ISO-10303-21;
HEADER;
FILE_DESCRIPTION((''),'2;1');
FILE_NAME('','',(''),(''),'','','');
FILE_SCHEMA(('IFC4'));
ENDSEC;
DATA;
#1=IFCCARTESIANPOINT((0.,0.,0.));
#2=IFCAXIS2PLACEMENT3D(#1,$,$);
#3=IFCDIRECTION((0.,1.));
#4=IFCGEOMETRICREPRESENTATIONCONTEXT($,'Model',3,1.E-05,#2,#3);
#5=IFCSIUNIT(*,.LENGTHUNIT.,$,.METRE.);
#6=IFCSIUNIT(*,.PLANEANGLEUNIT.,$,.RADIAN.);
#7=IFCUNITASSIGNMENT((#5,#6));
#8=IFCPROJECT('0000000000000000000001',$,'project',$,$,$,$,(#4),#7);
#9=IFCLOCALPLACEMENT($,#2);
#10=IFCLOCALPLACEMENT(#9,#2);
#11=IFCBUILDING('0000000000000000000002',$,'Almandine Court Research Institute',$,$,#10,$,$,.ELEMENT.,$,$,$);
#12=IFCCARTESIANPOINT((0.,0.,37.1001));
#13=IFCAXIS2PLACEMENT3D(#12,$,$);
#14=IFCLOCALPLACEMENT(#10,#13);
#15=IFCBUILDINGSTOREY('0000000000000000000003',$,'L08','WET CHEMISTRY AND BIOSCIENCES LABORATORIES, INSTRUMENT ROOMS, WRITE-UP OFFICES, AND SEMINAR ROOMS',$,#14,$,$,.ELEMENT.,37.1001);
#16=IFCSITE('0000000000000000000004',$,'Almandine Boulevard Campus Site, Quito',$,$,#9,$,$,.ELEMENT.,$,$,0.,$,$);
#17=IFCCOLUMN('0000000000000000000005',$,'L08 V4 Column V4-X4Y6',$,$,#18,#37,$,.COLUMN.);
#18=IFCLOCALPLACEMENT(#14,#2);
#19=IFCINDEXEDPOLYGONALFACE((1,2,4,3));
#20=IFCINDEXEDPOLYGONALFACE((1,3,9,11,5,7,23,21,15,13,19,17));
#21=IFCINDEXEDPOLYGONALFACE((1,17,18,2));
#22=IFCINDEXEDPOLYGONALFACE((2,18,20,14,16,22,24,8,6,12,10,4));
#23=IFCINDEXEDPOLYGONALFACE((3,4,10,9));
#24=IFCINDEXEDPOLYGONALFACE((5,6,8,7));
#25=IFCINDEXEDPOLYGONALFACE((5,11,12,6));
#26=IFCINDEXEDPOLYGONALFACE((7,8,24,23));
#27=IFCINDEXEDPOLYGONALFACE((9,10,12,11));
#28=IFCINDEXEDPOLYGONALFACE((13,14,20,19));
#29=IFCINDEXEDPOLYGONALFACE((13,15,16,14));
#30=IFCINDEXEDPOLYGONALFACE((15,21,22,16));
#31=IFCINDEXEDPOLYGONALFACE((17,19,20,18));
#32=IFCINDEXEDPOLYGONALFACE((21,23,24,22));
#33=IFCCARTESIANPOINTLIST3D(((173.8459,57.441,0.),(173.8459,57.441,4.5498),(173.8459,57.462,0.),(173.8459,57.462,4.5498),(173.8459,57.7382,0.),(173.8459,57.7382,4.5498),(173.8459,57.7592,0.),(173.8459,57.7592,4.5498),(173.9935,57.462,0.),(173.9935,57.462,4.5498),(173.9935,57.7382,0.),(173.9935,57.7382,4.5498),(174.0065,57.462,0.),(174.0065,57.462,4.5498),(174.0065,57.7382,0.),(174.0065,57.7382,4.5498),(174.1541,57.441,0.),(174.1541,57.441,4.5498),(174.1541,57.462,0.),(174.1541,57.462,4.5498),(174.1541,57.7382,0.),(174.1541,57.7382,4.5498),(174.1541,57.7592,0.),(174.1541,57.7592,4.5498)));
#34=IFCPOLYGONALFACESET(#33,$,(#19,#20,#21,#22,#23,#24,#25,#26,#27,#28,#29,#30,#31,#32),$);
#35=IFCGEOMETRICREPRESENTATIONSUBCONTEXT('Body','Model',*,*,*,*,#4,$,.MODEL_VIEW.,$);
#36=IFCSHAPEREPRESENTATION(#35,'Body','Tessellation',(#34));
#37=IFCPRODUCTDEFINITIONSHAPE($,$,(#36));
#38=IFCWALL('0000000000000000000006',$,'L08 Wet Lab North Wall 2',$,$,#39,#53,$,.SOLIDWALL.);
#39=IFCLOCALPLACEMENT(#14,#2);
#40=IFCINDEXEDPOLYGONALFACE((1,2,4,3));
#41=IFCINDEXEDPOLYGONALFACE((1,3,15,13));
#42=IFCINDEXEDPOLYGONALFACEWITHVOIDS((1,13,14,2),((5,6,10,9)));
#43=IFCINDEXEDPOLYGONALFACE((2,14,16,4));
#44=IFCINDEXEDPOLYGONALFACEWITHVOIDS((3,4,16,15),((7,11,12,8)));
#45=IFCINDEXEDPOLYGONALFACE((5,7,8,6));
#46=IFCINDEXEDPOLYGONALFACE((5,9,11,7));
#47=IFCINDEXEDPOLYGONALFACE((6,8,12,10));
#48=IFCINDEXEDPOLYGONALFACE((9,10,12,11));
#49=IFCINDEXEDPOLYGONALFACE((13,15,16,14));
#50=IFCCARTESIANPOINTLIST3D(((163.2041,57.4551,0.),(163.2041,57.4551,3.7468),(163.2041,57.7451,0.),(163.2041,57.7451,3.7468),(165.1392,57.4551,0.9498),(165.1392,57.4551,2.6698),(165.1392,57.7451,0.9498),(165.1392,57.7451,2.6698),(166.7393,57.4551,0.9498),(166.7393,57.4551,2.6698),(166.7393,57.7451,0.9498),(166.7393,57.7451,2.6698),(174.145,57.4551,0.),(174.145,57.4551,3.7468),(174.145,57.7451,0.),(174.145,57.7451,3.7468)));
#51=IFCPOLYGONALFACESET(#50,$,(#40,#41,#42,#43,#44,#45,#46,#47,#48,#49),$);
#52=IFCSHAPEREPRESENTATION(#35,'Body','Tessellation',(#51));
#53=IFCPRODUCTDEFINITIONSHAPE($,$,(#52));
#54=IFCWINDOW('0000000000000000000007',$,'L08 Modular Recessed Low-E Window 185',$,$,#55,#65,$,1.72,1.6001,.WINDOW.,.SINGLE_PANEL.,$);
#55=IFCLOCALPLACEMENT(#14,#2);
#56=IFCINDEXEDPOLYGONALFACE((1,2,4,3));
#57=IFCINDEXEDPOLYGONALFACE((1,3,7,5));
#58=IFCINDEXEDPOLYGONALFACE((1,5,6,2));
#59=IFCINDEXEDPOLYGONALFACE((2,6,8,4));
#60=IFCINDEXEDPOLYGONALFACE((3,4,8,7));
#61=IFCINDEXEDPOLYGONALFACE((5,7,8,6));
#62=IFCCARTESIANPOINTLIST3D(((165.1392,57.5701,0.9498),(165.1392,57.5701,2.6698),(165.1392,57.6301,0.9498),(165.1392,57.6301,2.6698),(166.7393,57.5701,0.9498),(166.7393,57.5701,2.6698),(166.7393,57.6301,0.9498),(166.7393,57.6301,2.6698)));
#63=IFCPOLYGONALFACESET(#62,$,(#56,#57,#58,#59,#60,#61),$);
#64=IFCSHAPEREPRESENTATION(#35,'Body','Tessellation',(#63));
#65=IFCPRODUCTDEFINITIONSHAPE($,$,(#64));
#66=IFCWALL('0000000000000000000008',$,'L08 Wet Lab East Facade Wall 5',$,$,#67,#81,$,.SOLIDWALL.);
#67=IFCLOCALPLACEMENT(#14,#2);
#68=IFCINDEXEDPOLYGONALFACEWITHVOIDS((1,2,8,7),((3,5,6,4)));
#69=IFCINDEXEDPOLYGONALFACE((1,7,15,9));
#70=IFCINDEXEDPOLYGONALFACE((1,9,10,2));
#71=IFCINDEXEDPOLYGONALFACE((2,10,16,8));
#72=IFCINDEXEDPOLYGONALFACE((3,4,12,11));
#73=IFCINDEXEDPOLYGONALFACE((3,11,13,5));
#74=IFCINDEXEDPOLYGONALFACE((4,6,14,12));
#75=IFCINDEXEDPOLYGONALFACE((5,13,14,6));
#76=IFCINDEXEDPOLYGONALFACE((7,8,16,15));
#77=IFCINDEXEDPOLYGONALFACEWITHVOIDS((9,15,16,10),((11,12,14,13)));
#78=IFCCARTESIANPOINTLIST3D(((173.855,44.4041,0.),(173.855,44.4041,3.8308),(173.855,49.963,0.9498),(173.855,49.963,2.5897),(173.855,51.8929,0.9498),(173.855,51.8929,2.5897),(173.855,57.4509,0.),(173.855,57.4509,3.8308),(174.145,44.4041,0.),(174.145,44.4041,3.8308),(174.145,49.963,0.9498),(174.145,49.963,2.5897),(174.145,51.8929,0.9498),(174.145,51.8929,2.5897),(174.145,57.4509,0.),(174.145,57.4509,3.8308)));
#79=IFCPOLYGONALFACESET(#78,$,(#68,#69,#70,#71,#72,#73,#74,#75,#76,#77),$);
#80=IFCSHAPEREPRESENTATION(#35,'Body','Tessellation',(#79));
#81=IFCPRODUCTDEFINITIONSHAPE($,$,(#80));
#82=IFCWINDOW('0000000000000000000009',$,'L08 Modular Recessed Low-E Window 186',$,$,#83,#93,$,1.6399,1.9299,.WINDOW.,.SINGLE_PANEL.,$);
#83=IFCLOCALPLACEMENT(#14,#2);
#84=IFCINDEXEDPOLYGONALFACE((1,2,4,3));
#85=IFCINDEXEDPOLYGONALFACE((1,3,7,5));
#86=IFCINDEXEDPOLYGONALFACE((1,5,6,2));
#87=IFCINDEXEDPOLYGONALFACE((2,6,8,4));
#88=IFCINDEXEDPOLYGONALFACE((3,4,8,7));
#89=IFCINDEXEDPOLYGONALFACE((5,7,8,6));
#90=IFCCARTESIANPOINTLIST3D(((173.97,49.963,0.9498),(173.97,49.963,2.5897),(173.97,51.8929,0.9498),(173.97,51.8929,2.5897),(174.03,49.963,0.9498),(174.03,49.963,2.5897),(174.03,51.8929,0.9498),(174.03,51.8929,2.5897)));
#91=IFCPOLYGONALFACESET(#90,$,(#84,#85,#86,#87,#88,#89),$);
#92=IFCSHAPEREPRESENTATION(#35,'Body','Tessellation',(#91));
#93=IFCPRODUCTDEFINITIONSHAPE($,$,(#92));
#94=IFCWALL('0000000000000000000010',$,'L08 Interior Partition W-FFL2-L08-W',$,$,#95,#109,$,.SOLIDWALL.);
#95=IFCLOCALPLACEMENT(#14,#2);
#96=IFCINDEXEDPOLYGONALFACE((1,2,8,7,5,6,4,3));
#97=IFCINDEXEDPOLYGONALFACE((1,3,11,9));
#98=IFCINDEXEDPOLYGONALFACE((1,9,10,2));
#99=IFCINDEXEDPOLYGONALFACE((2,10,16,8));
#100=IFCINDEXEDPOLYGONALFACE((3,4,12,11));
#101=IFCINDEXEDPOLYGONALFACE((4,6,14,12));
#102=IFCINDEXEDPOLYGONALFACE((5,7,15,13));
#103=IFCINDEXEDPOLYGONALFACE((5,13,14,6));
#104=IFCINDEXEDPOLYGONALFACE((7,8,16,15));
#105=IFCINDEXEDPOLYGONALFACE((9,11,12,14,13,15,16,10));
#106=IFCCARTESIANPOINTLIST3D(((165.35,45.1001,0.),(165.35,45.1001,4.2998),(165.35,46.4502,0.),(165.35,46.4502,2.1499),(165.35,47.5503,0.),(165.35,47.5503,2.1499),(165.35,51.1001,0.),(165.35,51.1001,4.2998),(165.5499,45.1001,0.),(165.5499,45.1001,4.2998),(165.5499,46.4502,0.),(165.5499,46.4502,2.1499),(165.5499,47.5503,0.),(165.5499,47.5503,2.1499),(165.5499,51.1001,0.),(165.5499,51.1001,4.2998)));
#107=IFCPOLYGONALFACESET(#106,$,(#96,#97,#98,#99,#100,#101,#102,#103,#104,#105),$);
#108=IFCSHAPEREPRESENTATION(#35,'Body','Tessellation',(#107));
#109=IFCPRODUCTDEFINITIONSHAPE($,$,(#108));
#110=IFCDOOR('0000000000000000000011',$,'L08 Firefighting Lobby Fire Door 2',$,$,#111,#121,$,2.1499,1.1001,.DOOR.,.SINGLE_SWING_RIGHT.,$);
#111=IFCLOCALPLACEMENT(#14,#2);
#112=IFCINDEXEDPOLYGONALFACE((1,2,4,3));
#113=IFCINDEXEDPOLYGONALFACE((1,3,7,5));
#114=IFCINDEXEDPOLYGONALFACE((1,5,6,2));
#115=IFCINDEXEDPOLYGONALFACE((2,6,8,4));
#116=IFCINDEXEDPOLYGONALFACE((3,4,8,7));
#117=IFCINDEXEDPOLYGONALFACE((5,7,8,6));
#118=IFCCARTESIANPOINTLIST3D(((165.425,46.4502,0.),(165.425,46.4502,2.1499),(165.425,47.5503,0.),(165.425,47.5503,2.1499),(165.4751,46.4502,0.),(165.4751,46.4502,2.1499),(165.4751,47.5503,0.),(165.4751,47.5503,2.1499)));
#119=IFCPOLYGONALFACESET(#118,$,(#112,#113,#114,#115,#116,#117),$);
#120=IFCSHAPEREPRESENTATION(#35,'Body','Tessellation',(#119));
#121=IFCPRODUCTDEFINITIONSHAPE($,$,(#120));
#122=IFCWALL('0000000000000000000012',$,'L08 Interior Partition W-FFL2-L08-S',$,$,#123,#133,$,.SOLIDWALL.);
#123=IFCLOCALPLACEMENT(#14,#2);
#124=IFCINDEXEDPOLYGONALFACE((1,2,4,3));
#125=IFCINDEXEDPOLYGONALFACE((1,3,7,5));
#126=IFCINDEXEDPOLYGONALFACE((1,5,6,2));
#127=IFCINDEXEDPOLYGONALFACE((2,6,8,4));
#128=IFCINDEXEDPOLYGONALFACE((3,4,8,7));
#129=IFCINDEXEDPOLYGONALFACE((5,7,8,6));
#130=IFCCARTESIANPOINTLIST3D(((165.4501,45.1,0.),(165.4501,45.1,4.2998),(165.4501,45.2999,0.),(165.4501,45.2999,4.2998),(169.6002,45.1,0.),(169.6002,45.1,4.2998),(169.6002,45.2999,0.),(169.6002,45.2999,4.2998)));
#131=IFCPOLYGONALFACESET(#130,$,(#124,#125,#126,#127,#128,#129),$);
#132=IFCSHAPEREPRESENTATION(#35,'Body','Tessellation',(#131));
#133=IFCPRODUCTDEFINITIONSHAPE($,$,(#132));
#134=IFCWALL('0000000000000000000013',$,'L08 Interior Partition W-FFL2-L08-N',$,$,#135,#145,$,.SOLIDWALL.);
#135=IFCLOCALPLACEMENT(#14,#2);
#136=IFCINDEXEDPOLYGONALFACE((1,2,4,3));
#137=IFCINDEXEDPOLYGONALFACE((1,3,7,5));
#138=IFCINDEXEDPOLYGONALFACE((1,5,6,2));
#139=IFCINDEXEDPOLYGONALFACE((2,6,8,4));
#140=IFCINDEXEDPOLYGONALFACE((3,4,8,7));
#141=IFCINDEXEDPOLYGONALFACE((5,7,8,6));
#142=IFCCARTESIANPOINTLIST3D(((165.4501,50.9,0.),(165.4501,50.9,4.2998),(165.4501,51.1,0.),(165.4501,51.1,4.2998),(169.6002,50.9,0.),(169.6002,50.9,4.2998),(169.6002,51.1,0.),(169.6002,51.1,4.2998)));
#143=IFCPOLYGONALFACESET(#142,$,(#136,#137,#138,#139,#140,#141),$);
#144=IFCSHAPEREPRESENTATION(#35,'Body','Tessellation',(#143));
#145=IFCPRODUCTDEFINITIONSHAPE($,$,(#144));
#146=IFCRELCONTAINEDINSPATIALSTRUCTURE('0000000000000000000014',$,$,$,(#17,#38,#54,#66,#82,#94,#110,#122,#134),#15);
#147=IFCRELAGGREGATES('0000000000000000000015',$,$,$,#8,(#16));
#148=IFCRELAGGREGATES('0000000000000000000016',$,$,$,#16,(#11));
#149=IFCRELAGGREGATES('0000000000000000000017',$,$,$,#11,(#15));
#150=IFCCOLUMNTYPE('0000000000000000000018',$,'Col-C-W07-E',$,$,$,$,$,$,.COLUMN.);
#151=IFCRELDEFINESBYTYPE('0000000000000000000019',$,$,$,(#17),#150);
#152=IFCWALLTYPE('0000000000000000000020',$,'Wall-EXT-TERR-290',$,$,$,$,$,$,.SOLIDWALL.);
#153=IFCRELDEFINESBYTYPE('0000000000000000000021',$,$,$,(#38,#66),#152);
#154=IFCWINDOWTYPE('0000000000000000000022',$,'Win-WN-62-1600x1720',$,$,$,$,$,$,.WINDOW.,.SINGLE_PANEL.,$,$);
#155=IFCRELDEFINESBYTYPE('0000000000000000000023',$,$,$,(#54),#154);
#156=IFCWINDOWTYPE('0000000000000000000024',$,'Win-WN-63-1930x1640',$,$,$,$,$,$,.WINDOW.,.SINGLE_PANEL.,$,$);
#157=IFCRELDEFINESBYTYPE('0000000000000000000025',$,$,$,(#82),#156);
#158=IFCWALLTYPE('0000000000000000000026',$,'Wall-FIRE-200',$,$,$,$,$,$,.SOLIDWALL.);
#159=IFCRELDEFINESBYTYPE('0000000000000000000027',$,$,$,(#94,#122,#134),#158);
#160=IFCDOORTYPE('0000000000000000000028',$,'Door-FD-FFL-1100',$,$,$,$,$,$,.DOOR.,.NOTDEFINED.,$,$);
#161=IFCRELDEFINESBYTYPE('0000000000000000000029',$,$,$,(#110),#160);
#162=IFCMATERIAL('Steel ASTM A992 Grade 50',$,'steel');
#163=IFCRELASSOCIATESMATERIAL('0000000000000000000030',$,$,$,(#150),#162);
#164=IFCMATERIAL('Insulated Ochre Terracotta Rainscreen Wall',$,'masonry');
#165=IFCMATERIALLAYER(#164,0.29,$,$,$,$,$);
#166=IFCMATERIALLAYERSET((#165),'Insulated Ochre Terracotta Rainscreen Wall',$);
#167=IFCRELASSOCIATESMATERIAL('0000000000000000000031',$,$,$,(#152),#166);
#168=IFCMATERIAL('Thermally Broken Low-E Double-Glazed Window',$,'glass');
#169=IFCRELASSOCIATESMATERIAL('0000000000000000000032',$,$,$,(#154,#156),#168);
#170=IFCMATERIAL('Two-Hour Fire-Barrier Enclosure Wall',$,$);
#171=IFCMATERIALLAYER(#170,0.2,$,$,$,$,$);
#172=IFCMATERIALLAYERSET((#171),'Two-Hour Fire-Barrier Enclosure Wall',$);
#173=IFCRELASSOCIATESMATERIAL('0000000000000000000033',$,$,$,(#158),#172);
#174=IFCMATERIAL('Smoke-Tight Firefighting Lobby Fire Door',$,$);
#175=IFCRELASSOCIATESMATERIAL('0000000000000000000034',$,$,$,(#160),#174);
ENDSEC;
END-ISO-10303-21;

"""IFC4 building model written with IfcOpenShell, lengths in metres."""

from ifc_helpers import new_model, si_unit, direction, frame, frame_2d, origin, origin_2d, place, context, subcontext, project, spatial, rectangle, i_section, extrude, material, layer, layer_set, material_profile, profile_set, type_object, element, fill, save


model = new_model("IFC4")

# Units and contexts
model_context = context("Model", 3, precision=1e-05, world=origin(), true_north=direction((0.0, 1.0)))
body_context = subcontext(model_context, "Body", "Model", "MODEL_VIEW")
ifc_project = project(units=[si_unit("LENGTHUNIT", "METRE"), si_unit("PLANEANGLEUNIT", "RADIAN")], contexts=[model_context])

# Site, building, storey
site_placement = place(None, origin())
site = spatial("IfcSite", under=ifc_project, at=site_placement, Name="Almandine Boulevard Campus Site, Quito", CompositionType="ELEMENT", RefElevation=0.0)
building_placement = place(site_placement, origin())
building = spatial("IfcBuilding", under=site, at=building_placement, Name="Almandine Court Research Institute", CompositionType="ELEMENT")
storey_placement = place(building_placement, frame((0.0, 0.0, 37.1001)))
storey = spatial("IfcBuildingStorey", under=building, at=storey_placement, Name="L08", Description="WET CHEMISTRY AND BIOSCIENCES LABORATORIES, INSTRUMENT ROOMS, WRITE-UP OFFICES, AND SEMINAR ROOMS", CompositionType="ELEMENT", Elevation=37.1001)

# Column
ifc_material_1 = material(Name="Steel ASTM A992 Grade 50", Category="steel")
ifc_material_profile = material_profile(ifc_material_1, i_section(OverallWidth=0.3081, OverallDepth=0.3181, WebThickness=0.0129, FlangeThickness=0.021, at=origin_2d()), Name="W310x129")
ifc_profile_set = profile_set([ifc_material_profile], Name="Steel ASTM A992 Grade 50")
column_type = type_object("IfcColumnType", Name="Col-C-W07-E", PredefinedType="COLUMN", material=ifc_profile_set)
column_placement = place(storey_placement, frame((174.0, 57.6001, 0.0), z_axis=(0.0, 0.0, 1.0), x_axis=(1.0, 0.0, 0.0)))
element("IfcColumn", 1, at=column_placement, inside=storey, type_object=column_type, Name="L08 V4 Column V4-X4Y6", PredefinedType="COLUMN", context=body_context, shape_type="SweptSolid", body=[
    extrude(i_section(OverallWidth=0.3081, OverallDepth=0.3181, WebThickness=0.0129, FlangeThickness=0.021, at=origin_2d()), origin(), (0.0, 0.0, 1.0), 4.5498),
])

# Walls, openings, windows
ifc_material_2 = material(Name="Insulated Ochre Terracotta Rainscreen Wall", Category="masonry")
ifc_layer_1 = layer(ifc_material_2, 0.29)
ifc_layer_set_1 = layer_set([ifc_layer_1], Name="Insulated Ochre Terracotta Rainscreen Wall")
wall_type_1 = type_object("IfcWallType", Name="Wall-EXT-TERR-290", PredefinedType="SOLIDWALL", material=ifc_layer_set_1)
wall_1_placement = place(storey_placement, frame((163.2041, 57.6001, 0.0), z_axis=(0.0, 0.0, 1.0), x_axis=(1.0, 0.0, 0.0)))
wall_1 = element("IfcWall", 2, at=wall_1_placement, inside=storey, type_object=wall_type_1, Name="L08 Wet Lab North Wall 2", PredefinedType="SOLIDWALL", context=body_context, shape_type="SweptSolid", body=[
    extrude(rectangle(XDim=10.9409, YDim=0.29, at=frame_2d((5.4705, 0.0))), origin(), (0.0, 0.0, 1.0), 3.7468),
])
opening_1_placement = place(wall_1_placement, frame((1.9351, 0.0, 0.95)))
opening_1 = element("IfcOpeningElement", 3, at=opening_1_placement, cuts=wall_1, PredefinedType="OPENING", context=body_context, shape_type="SweptSolid", body=[
    extrude(rectangle(XDim=1.6001, YDim=1.72, at=frame_2d((0.8, 0.8599))), frame((0.0, 0.155, 0.0), z_axis=(0.0, -1.0, 0.0), x_axis=(1.0, 0.0, 0.0)), (0.0, 0.0, 1.0), 0.3101),
])
ifc_material_3 = material(Name="Thermally Broken Low-E Double-Glazed Window", Category="glass")
window_type_1 = type_object("IfcWindowType", Name="Win-WN-62-1600x1720", PartitioningType="SINGLE_PANEL", PredefinedType="WINDOW", material=ifc_material_3)
window_1_placement = place(opening_1_placement, origin())
window_1 = element("IfcWindow", 4, at=window_1_placement, inside=storey, type_object=window_type_1, Name="L08 Modular Recessed Low-E Window 185", OverallHeight=1.72, OverallWidth=1.6001, PartitioningType="SINGLE_PANEL", PredefinedType="WINDOW", context=body_context, shape_type="SweptSolid", body=[
    extrude(rectangle(XDim=1.6001, YDim=1.72, at=frame_2d((0.8, 0.8599))), frame((0.0, 0.03, 0.0), z_axis=(0.0, -1.0, 0.0), x_axis=(1.0, 0.0, 0.0)), (0.0, 0.0, 1.0), 0.0601),
])
fill(opening_1, window_1)
wall_2_placement = place(storey_placement, frame((174.0, 57.4509, 0.0), z_axis=(0.0, 0.0, 1.0), x_axis=(0.0, -1.0, 0.0)))
wall_2 = element("IfcWall", 5, at=wall_2_placement, inside=storey, type_object=wall_type_1, Name="L08 Wet Lab East Facade Wall 5", PredefinedType="SOLIDWALL", context=body_context, shape_type="SweptSolid", body=[
    extrude(rectangle(XDim=13.0469, YDim=0.29, at=frame_2d((6.5234, 0.0))), origin(), (0.0, 0.0, 1.0), 3.8308),
])
opening_2_placement = place(wall_2_placement, frame((5.5581, 0.0, 0.95)))
opening_2 = element("IfcOpeningElement", 6, at=opening_2_placement, cuts=wall_2, PredefinedType="OPENING", context=body_context, shape_type="SweptSolid", body=[
    extrude(rectangle(XDim=1.9299, YDim=1.6399, at=frame_2d((0.9648, 0.8198))), frame((0.0, 0.155, 0.0), z_axis=(0.0, -1.0, 0.0), x_axis=(1.0, 0.0, 0.0)), (0.0, 0.0, 1.0), 0.3101),
])
window_type_2 = type_object("IfcWindowType", Name="Win-WN-63-1930x1640", PartitioningType="SINGLE_PANEL", PredefinedType="WINDOW", material=ifc_material_3)
window_2_placement = place(opening_2_placement, origin())
window_2 = element("IfcWindow", 7, at=window_2_placement, inside=storey, type_object=window_type_2, Name="L08 Modular Recessed Low-E Window 186", OverallHeight=1.6399, OverallWidth=1.9299, PartitioningType="SINGLE_PANEL", PredefinedType="WINDOW", context=body_context, shape_type="SweptSolid", body=[
    extrude(rectangle(XDim=1.9299, YDim=1.6399, at=frame_2d((0.9648, 0.8198))), frame((0.0, 0.03, 0.0), z_axis=(0.0, -1.0, 0.0), x_axis=(1.0, 0.0, 0.0)), (0.0, 0.0, 1.0), 0.0601),
])
fill(opening_2, window_2)

# Wall, opening, door
ifc_material_4 = material(Name="Two-Hour Fire-Barrier Enclosure Wall")
ifc_layer_2 = layer(ifc_material_4, 0.2)
ifc_layer_set_2 = layer_set([ifc_layer_2], Name="Two-Hour Fire-Barrier Enclosure Wall")
wall_type_2 = type_object("IfcWallType", Name="Wall-FIRE-200", PredefinedType="SOLIDWALL", material=ifc_layer_set_2)
wall_3_placement = place(storey_placement, frame((165.45, 45.1001, 0.0), z_axis=(0.0, 0.0, 1.0), x_axis=(0.0, 1.0, 0.0)))
wall_3 = element("IfcWall", 8, at=wall_3_placement, inside=storey, type_object=wall_type_2, Name="L08 Interior Partition W-FFL2-L08-W", PredefinedType="SOLIDWALL", context=body_context, shape_type="SweptSolid", body=[
    extrude(rectangle(XDim=6.0, YDim=0.2, at=frame_2d((3.0, 0.0))), origin(), (0.0, 0.0, 1.0), 4.2998),
])
opening_3_placement = place(wall_3_placement, frame((1.3501, 0.0, 0.0)))
opening_3 = element("IfcOpeningElement", 9, at=opening_3_placement, cuts=wall_3, PredefinedType="OPENING", context=body_context, shape_type="SweptSolid", body=[
    extrude(rectangle(XDim=1.1001, YDim=2.1499, at=frame_2d((0.55, 1.075))), frame((0.0, 0.1099, 0.0), z_axis=(0.0, -1.0, 0.0), x_axis=(1.0, 0.0, 0.0)), (0.0, 0.0, 1.0), 0.22),
])
ifc_material_5 = material(Name="Smoke-Tight Firefighting Lobby Fire Door")
door_type_1 = type_object("IfcDoorType", Name="Door-FD-FFL-1100", OperationType="NOTDEFINED", PredefinedType="DOOR", material=ifc_material_5)
door_1_placement = place(opening_3_placement, origin())
door_1 = element("IfcDoor", 10, at=door_1_placement, inside=storey, type_object=door_type_1, Name="L08 Firefighting Lobby Fire Door 2", OperationType="SINGLE_SWING_RIGHT", OverallHeight=2.1499, OverallWidth=1.1001, PredefinedType="DOOR", context=body_context, shape_type="SweptSolid", body=[
    extrude(rectangle(XDim=1.1001, YDim=2.1499, at=frame_2d((0.55, 1.075))), frame((0.0, 0.0249, 0.0), z_axis=(0.0, -1.0, 0.0), x_axis=(1.0, 0.0, 0.0)), (0.0, 0.0, 1.0), 0.05),
])
fill(opening_3, door_1)

# Walls
for number, where, z_axis, x_axis, name in (
    (11, (165.45, 45.2, 0.0), (0.0, 0.0, 1.0), (1.0, 0.0, 0.0), "L08 Interior Partition W-FFL2-L08-S"),
    (12, (165.45, 51.0, 0.0), (0.0, 0.0, 1.0), (1.0, 0.0, 0.0), "L08 Interior Partition W-FFL2-L08-N"),
):
    element("IfcWall", number, at=place(storey_placement, frame(where, z_axis=z_axis, x_axis=x_axis)), inside=storey, type_object=wall_type_2, Name=name, PredefinedType="SOLIDWALL", context=body_context, shape_type="SweptSolid", body=[
        extrude(rectangle(XDim=4.1501, YDim=0.2, at=frame_2d((2.0752, 0.0))), origin(), (0.0, 0.0, 1.0), 4.2998),
    ])

save(model, "model.ifc")
